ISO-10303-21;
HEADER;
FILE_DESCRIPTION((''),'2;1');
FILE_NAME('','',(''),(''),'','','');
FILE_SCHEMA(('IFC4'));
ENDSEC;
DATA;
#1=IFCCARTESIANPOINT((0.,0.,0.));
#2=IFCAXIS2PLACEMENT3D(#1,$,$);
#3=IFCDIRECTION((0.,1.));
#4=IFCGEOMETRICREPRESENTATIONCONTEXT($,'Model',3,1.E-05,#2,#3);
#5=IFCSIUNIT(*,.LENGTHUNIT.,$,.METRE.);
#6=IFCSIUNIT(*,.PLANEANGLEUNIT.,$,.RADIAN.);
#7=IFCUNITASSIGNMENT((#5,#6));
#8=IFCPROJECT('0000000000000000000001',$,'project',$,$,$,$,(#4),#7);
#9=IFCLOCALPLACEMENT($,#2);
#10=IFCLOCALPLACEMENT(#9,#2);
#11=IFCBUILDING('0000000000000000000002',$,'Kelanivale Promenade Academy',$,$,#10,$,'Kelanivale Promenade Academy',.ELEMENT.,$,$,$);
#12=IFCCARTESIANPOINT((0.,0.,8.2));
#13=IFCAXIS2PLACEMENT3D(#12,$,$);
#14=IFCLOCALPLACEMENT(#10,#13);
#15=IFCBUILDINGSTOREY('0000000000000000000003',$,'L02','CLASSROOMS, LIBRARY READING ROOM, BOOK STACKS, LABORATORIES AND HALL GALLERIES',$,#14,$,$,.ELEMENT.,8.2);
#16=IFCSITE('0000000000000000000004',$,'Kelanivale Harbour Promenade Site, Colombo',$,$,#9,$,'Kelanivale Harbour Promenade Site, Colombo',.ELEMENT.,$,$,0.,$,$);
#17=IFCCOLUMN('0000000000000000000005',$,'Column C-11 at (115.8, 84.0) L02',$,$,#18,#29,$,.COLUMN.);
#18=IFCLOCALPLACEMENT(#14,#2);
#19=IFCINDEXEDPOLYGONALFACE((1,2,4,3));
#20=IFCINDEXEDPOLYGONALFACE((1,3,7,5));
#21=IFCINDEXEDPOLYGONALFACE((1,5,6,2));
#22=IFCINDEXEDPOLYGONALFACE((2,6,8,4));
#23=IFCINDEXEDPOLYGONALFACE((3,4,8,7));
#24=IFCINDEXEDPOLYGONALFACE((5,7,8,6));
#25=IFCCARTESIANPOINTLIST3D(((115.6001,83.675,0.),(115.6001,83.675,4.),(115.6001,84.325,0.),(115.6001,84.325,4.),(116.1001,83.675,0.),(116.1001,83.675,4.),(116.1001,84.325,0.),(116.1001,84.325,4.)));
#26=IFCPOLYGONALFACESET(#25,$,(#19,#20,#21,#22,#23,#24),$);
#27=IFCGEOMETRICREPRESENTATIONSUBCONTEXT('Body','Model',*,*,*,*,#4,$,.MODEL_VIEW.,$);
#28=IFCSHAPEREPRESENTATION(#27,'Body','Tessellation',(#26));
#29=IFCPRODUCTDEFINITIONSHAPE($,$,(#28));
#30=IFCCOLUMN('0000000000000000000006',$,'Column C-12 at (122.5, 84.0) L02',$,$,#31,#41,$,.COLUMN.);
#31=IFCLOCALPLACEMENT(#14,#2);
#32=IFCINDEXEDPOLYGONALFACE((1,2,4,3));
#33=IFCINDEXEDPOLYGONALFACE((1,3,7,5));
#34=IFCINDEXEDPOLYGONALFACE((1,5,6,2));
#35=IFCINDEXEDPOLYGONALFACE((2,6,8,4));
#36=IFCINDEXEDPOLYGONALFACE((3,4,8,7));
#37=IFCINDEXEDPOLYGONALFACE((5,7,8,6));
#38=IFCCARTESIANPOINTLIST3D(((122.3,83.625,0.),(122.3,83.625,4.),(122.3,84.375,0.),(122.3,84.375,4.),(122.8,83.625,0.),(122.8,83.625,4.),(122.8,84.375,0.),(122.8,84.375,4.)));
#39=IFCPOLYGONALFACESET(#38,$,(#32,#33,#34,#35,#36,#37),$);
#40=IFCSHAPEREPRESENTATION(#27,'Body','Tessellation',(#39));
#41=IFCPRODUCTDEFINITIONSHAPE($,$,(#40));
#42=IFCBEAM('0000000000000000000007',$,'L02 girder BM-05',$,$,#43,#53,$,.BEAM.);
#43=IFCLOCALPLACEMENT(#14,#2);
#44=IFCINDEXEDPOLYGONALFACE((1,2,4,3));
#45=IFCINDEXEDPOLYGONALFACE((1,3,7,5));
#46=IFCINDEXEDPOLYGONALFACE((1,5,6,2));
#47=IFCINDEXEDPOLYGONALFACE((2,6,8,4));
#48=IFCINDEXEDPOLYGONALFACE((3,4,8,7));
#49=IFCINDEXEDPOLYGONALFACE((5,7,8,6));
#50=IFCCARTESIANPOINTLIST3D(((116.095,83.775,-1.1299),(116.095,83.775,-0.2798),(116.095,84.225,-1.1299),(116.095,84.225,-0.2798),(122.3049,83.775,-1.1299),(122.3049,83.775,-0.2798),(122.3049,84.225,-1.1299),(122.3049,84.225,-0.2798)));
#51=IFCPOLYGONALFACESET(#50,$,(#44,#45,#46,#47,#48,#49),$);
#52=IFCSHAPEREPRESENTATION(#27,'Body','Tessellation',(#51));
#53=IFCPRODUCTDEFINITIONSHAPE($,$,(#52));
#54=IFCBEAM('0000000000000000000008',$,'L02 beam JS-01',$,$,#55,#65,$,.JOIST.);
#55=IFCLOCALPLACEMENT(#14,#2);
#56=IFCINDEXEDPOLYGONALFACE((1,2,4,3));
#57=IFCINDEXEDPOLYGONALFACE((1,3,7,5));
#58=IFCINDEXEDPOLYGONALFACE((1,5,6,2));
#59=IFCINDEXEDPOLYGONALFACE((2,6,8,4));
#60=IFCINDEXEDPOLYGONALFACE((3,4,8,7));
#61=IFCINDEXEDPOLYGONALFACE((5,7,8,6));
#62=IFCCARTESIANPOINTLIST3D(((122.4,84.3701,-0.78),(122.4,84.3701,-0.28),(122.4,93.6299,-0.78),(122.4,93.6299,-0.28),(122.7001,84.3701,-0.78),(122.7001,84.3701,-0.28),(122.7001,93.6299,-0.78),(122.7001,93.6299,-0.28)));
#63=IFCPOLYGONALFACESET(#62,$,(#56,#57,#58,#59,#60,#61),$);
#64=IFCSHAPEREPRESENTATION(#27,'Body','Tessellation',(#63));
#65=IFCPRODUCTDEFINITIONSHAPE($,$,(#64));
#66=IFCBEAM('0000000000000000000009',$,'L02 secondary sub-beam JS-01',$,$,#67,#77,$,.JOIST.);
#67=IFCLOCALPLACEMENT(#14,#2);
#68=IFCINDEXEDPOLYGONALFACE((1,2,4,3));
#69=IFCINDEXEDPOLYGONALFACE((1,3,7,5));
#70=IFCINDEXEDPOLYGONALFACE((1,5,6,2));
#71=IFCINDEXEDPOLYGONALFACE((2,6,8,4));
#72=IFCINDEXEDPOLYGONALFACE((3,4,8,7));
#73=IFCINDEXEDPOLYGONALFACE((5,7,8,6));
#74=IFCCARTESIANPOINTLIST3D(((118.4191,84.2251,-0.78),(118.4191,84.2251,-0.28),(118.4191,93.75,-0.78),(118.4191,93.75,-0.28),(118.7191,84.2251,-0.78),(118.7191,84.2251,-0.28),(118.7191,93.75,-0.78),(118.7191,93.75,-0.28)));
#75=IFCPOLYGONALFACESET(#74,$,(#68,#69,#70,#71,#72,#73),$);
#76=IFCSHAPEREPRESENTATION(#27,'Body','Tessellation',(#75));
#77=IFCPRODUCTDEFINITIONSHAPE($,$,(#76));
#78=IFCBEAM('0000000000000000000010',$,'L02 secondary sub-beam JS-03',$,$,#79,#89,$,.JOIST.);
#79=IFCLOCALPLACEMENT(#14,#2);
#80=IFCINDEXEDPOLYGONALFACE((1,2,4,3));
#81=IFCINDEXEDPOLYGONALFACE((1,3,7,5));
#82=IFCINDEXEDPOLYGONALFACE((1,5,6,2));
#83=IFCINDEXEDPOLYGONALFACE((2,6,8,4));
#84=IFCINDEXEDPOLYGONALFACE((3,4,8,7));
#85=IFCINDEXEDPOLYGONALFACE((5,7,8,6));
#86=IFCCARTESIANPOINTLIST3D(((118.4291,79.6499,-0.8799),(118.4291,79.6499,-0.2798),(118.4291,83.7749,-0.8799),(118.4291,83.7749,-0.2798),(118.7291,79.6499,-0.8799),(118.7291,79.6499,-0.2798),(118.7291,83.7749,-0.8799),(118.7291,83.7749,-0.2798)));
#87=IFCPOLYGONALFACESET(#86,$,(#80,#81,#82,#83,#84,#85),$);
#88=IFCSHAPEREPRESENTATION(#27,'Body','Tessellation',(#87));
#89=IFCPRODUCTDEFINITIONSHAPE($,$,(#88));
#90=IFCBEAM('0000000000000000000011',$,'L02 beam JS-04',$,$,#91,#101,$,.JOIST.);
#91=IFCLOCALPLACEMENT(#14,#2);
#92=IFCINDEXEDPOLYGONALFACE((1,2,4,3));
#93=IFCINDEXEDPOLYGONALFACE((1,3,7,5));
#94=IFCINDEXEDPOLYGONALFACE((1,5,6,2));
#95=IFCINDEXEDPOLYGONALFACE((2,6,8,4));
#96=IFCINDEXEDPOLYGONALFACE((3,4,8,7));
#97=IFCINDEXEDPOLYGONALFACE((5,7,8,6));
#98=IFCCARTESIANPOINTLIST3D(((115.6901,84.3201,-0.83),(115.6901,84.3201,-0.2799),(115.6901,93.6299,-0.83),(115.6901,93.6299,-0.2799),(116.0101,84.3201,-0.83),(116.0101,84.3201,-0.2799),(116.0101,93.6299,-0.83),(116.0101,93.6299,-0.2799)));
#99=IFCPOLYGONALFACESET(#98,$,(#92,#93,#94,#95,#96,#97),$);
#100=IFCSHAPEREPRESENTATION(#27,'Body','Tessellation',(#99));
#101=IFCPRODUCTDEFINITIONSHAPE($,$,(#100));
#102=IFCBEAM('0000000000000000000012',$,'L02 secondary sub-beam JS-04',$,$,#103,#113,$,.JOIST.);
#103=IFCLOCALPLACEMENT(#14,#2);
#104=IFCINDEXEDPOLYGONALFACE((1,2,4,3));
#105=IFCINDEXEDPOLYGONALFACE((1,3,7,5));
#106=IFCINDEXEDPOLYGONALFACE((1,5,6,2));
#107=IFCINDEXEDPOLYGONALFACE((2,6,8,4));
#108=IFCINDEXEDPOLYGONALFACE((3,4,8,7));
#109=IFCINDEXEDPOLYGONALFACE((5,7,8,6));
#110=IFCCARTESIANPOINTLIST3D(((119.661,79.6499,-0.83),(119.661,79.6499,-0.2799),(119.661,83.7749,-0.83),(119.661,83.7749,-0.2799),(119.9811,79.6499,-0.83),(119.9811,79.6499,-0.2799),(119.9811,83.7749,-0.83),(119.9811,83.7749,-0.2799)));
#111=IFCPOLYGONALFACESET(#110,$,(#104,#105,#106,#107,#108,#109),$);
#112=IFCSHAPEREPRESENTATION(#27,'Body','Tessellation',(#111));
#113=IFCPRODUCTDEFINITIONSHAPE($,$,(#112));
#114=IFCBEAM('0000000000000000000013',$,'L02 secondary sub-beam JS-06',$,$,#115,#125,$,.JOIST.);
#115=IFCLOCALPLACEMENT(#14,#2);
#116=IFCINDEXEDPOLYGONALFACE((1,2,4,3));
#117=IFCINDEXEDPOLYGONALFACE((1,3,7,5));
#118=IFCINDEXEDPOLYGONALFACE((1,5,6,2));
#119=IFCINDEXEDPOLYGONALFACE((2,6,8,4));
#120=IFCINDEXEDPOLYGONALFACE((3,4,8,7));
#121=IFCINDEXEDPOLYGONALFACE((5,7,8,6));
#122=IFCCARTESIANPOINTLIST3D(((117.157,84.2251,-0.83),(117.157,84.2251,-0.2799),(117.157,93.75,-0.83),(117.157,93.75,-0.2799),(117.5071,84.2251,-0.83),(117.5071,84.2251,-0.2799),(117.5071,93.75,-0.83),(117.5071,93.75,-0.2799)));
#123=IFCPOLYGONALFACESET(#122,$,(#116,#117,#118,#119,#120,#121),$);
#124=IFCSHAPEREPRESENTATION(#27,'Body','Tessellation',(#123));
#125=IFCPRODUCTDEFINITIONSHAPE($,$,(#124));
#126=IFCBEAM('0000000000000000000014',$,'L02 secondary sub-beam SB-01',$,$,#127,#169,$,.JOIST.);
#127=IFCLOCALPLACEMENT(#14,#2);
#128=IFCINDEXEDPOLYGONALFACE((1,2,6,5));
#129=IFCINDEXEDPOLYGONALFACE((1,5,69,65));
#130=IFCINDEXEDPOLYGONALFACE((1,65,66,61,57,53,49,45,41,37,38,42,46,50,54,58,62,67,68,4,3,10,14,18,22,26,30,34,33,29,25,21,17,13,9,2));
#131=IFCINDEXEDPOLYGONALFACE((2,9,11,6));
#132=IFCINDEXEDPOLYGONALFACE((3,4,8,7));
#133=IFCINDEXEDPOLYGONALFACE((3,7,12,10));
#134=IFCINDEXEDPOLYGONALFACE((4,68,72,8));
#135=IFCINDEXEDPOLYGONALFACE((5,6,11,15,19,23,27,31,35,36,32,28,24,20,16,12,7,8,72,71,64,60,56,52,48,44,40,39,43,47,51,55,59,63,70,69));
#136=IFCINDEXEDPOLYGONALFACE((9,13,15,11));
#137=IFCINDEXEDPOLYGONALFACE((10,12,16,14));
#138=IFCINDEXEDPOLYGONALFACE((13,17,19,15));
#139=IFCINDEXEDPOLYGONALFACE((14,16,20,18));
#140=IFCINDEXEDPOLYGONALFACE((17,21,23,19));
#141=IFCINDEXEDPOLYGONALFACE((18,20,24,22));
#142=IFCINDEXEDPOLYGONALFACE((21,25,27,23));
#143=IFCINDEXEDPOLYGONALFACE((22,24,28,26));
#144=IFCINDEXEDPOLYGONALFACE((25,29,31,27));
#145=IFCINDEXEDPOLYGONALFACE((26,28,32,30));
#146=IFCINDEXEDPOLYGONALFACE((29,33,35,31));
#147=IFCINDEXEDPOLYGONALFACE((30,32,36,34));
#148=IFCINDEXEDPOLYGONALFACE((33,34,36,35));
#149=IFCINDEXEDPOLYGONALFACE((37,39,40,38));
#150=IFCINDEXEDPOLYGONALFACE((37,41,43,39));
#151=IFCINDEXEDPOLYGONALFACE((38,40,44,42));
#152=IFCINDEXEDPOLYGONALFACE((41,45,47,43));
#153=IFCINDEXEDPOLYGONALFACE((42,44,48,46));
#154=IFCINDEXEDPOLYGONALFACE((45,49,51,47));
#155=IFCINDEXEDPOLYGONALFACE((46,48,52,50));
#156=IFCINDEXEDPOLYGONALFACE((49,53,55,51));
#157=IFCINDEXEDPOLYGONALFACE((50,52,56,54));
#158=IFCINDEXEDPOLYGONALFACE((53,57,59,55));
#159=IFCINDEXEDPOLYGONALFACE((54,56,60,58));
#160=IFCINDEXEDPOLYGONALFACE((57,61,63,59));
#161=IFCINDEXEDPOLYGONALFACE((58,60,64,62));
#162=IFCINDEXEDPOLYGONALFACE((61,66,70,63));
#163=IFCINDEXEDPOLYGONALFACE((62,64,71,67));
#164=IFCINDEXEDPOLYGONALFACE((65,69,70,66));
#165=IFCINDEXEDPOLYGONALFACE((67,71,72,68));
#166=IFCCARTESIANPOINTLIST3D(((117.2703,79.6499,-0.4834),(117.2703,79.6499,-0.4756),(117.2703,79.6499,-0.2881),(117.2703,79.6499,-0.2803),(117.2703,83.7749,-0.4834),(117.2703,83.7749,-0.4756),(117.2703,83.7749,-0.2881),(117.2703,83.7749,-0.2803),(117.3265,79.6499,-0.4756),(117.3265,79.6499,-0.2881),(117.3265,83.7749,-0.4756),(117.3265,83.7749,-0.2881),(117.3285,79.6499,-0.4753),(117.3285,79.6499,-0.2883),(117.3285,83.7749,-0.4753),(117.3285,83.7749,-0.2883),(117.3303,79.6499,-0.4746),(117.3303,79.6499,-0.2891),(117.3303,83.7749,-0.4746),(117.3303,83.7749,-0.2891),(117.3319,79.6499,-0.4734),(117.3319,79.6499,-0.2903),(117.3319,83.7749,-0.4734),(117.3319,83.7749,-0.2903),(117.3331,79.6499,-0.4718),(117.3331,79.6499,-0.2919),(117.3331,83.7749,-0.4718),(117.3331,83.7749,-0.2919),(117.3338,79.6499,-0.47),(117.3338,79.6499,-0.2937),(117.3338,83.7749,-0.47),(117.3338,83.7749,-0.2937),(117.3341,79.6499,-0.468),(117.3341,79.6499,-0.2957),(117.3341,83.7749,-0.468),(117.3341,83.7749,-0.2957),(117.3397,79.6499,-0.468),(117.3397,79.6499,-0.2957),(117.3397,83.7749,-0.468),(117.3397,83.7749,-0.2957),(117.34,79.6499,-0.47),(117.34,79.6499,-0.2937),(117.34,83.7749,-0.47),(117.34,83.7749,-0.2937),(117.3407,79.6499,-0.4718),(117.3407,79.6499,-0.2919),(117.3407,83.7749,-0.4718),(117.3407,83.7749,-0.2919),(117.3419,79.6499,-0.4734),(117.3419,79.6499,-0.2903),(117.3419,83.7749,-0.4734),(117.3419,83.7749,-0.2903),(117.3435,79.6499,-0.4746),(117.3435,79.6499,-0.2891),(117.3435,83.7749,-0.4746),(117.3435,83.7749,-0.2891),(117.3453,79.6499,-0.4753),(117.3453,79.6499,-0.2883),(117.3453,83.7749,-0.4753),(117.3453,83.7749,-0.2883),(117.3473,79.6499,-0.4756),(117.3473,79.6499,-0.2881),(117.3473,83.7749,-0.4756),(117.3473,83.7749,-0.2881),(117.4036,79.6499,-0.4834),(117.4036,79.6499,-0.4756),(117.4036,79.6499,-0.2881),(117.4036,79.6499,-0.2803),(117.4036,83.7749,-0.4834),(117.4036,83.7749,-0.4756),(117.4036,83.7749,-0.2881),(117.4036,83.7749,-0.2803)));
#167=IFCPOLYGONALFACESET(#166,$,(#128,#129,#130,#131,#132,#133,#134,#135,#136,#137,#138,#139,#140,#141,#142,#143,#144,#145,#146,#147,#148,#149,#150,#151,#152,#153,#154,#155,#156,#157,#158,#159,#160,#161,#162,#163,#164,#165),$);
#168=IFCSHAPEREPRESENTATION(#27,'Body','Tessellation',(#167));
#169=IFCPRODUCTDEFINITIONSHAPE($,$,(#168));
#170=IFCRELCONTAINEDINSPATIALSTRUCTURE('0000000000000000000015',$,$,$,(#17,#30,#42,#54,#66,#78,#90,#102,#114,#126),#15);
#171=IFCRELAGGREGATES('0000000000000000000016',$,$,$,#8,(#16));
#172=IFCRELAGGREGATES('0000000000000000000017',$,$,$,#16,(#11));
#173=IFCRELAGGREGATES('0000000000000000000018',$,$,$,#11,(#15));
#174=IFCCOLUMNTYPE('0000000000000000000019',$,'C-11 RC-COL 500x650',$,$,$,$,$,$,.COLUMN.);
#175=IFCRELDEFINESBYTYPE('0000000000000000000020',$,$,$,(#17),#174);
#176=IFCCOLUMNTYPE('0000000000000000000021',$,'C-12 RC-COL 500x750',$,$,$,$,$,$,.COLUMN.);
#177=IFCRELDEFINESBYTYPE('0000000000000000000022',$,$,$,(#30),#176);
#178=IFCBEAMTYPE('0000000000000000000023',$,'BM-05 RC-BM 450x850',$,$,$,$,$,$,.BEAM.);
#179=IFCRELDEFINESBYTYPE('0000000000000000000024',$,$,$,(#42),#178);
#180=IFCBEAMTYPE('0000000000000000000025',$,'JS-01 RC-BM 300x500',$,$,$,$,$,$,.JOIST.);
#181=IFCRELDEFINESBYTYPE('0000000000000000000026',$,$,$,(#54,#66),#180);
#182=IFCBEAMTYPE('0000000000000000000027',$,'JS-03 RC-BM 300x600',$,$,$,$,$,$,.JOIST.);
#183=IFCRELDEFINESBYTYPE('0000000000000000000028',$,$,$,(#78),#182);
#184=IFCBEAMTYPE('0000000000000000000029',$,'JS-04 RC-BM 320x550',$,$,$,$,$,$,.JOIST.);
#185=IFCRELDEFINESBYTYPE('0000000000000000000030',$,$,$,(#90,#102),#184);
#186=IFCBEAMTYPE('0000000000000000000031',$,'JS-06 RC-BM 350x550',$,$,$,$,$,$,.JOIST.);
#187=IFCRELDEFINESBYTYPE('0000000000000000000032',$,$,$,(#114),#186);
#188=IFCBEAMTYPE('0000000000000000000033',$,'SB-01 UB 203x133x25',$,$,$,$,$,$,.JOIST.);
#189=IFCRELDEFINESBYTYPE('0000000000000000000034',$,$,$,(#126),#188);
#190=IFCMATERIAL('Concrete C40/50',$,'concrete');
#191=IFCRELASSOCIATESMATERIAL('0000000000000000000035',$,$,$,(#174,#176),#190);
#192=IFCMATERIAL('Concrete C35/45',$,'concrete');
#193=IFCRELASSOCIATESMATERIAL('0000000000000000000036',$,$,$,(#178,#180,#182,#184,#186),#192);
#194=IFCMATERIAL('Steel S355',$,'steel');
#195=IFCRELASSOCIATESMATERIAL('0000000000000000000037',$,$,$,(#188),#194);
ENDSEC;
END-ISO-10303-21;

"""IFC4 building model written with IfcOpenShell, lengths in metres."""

from ifc_helpers import new_model, si_unit, direction, frame, origin, origin_2d, place, context, subcontext, project, spatial, rectangle, i_section, extrude, material, material_profile, profile_set, type_object, element, save


model = new_model("IFC4")

# Units and contexts
model_context = context("Model", 3, precision=1e-05, world=origin(), true_north=direction((0.0, 1.0)))
body_context = subcontext(model_context, "Body", "Model", "MODEL_VIEW")
ifc_project = project(units=[si_unit("LENGTHUNIT", "METRE"), si_unit("PLANEANGLEUNIT", "RADIAN")], contexts=[model_context])

# Site, building, storey
site_placement = place(None, origin())
site = spatial("IfcSite", under=ifc_project, at=site_placement, Name="Kelanivale Harbour Promenade Site, Colombo", LongName="Kelanivale Harbour Promenade Site, Colombo", CompositionType="ELEMENT", RefElevation=0.0)
building_placement = place(site_placement, origin())
building = spatial("IfcBuilding", under=site, at=building_placement, Name="Kelanivale Promenade Academy", LongName="Kelanivale Promenade Academy", CompositionType="ELEMENT")
storey_placement = place(building_placement, frame((0.0, 0.0, 8.2)))
storey = spatial("IfcBuildingStorey", under=building, at=storey_placement, Name="L02", Description="CLASSROOMS, LIBRARY READING ROOM, BOOK STACKS, LABORATORIES AND HALL GALLERIES", CompositionType="ELEMENT", Elevation=8.2)

# Columns
ifc_material_1 = material(Name="Concrete C40/50", Category="concrete")
ifc_material_profile_1 = material_profile(ifc_material_1, rectangle(XDim=0.5, YDim=0.6499, at=origin_2d()), Name="RC-COL 500x650")
ifc_profile_set_1 = profile_set([ifc_material_profile_1], Name="Concrete C40/50")
column_type_1 = type_object("IfcColumnType", Name="C-11 RC-COL 500x650", PredefinedType="COLUMN", material=ifc_profile_set_1)
column_1_placement = place(storey_placement, frame((115.8501, 84.0, 0.0), z_axis=(0.0, 0.0, 1.0), x_axis=(1.0, 0.0, 0.0)))
element("IfcColumn", 1, at=column_1_placement, inside=storey, type_object=column_type_1, Name="Column C-11 at (115.8, 84.0) L02", PredefinedType="COLUMN", context=body_context, shape_type="SweptSolid", body=[
    extrude(rectangle(XDim=0.5, YDim=0.6499, at=origin_2d()), origin(), (0.0, 0.0, 1.0), 4.0),
])
ifc_material_profile_2 = material_profile(ifc_material_1, rectangle(XDim=0.5, YDim=0.75, at=origin_2d()), Name="RC-COL 500x750")
ifc_profile_set_2 = profile_set([ifc_material_profile_2], Name="Concrete C40/50")
column_type_2 = type_object("IfcColumnType", Name="C-12 RC-COL 500x750", PredefinedType="COLUMN", material=ifc_profile_set_2)
column_2_placement = place(storey_placement, frame((122.55, 84.0, 0.0), z_axis=(0.0, 0.0, 1.0), x_axis=(1.0, 0.0, 0.0)))
element("IfcColumn", 2, at=column_2_placement, inside=storey, type_object=column_type_2, Name="Column C-12 at (122.5, 84.0) L02", PredefinedType="COLUMN", context=body_context, shape_type="SweptSolid", body=[
    extrude(rectangle(XDim=0.5, YDim=0.75, at=origin_2d()), origin(), (0.0, 0.0, 1.0), 4.0),
])

# Beams
ifc_material_2 = material(Name="Concrete C35/45", Category="concrete")
ifc_material_profile_3 = material_profile(ifc_material_2, rectangle(XDim=0.45, YDim=0.8501, at=origin_2d()), Name="RC-BM 450x850")
ifc_profile_set_3 = profile_set([ifc_material_profile_3], Name="Concrete C35/45")
beam_type_1 = type_object("IfcBeamType", Name="BM-05 RC-BM 450x850", PredefinedType="BEAM", material=ifc_profile_set_3)
beam_1_placement = place(storey_placement, frame((116.095, 84.0, -0.7048), z_axis=(1.0, 0.0, 0.0), x_axis=(0.0, 1.0, 0.0)))
element("IfcBeam", 3, at=beam_1_placement, inside=storey, type_object=beam_type_1, Name="L02 girder BM-05", PredefinedType="BEAM", context=body_context, shape_type="SweptSolid", body=[
    extrude(rectangle(XDim=0.45, YDim=0.8501, at=origin_2d()), origin(), (0.0, 0.0, 1.0), 6.21),
])
ifc_material_profile_4 = material_profile(ifc_material_2, rectangle(XDim=0.3, YDim=0.5, at=origin_2d()), Name="RC-BM 300x500")
ifc_profile_set_4 = profile_set([ifc_material_profile_4], Name="Concrete C35/45")
beam_type_2 = type_object("IfcBeamType", Name="JS-01 RC-BM 300x500", PredefinedType="JOIST", material=ifc_profile_set_4)
beam_2_placement = place(storey_placement, frame((122.55, 84.3701, -0.53), z_axis=(0.0, 1.0, 0.0), x_axis=(-1.0, 0.0, 0.0)))
element("IfcBeam", 4, at=beam_2_placement, inside=storey, type_object=beam_type_2, Name="L02 beam JS-01", PredefinedType="JOIST", context=body_context, shape_type="SweptSolid", body=[
    extrude(rectangle(XDim=0.3, YDim=0.5, at=origin_2d()), origin(), (0.0, 0.0, 1.0), 9.2598),
])
beam_3_placement = place(storey_placement, frame((118.5691, 84.2251, -0.53), z_axis=(0.0, 1.0, 0.0), x_axis=(-1.0, 0.0, 0.0)))
element("IfcBeam", 5, at=beam_3_placement, inside=storey, type_object=beam_type_2, Name="L02 secondary sub-beam JS-01", PredefinedType="JOIST", context=body_context, shape_type="SweptSolid", body=[
    extrude(rectangle(XDim=0.3, YDim=0.5, at=origin_2d()), origin(), (0.0, 0.0, 1.0), 9.5249),
])
ifc_material_profile_5 = material_profile(ifc_material_2, rectangle(XDim=0.3, YDim=0.6001, at=origin_2d()), Name="RC-BM 300x600")
ifc_profile_set_5 = profile_set([ifc_material_profile_5], Name="Concrete C35/45")
beam_type_3 = type_object("IfcBeamType", Name="JS-03 RC-BM 300x600", PredefinedType="JOIST", material=ifc_profile_set_5)
beam_4_placement = place(storey_placement, frame((118.5791, 79.6499, -0.5798), z_axis=(0.0, 1.0, 0.0), x_axis=(-1.0, 0.0, 0.0)))
element("IfcBeam", 6, at=beam_4_placement, inside=storey, type_object=beam_type_3, Name="L02 secondary sub-beam JS-03", PredefinedType="JOIST", context=body_context, shape_type="SweptSolid", body=[
    extrude(rectangle(XDim=0.3, YDim=0.6001, at=origin_2d()), origin(), (0.0, 0.0, 1.0), 4.125),
])
ifc_material_profile_6 = material_profile(ifc_material_2, rectangle(XDim=0.3201, YDim=0.55, at=origin_2d()), Name="RC-BM 320x550")
ifc_profile_set_6 = profile_set([ifc_material_profile_6], Name="Concrete C35/45")
beam_type_4 = type_object("IfcBeamType", Name="JS-04 RC-BM 320x550", PredefinedType="JOIST", material=ifc_profile_set_6)
beam_5_placement = place(storey_placement, frame((115.8501, 84.3201, -0.5549), z_axis=(0.0, 1.0, 0.0), x_axis=(-1.0, 0.0, 0.0)))
element("IfcBeam", 7, at=beam_5_placement, inside=storey, type_object=beam_type_4, Name="L02 beam JS-04", PredefinedType="JOIST", context=body_context, shape_type="SweptSolid", body=[
    extrude(rectangle(XDim=0.3201, YDim=0.55, at=origin_2d()), origin(), (0.0, 0.0, 1.0), 9.3098),
])
beam_6_placement = place(storey_placement, frame((119.821, 79.6499, -0.5549), z_axis=(0.0, 1.0, 0.0), x_axis=(-1.0, 0.0, 0.0)))
element("IfcBeam", 8, at=beam_6_placement, inside=storey, type_object=beam_type_4, Name="L02 secondary sub-beam JS-04", PredefinedType="JOIST", context=body_context, shape_type="SweptSolid", body=[
    extrude(rectangle(XDim=0.3201, YDim=0.55, at=origin_2d()), origin(), (0.0, 0.0, 1.0), 4.125),
])
ifc_material_profile_7 = material_profile(ifc_material_2, rectangle(XDim=0.3501, YDim=0.55, at=origin_2d()), Name="RC-BM 350x550")
ifc_profile_set_7 = profile_set([ifc_material_profile_7], Name="Concrete C35/45")
beam_type_5 = type_object("IfcBeamType", Name="JS-06 RC-BM 350x550", PredefinedType="JOIST", material=ifc_profile_set_7)
beam_7_placement = place(storey_placement, frame((117.332, 84.2251, -0.5549), z_axis=(0.0, 1.0, 0.0), x_axis=(-1.0, 0.0, 0.0)))
element("IfcBeam", 9, at=beam_7_placement, inside=storey, type_object=beam_type_5, Name="L02 secondary sub-beam JS-06", PredefinedType="JOIST", context=body_context, shape_type="SweptSolid", body=[
    extrude(rectangle(XDim=0.3501, YDim=0.55, at=origin_2d()), origin(), (0.0, 0.0, 1.0), 9.5249),
])
ifc_material_3 = material(Name="Steel S355", Category="steel")
ifc_material_profile_8 = material_profile(ifc_material_3, i_section(OverallWidth=0.1333, OverallDepth=0.2031, WebThickness=0.0056, FlangeThickness=0.0078, FilletRadius=0.0076, at=origin_2d()), Name="UB 203x133x25")
ifc_profile_set_8 = profile_set([ifc_material_profile_8], Name="Steel S355")
beam_type_6 = type_object("IfcBeamType", Name="SB-01 UB 203x133x25", PredefinedType="JOIST", material=ifc_profile_set_8)
beam_8_placement = place(storey_placement, frame((117.3369, 79.6499, -0.3818), z_axis=(0.0, 1.0, 0.0), x_axis=(-1.0, 0.0, 0.0)))
element("IfcBeam", 10, at=beam_8_placement, inside=storey, type_object=beam_type_6, Name="L02 secondary sub-beam SB-01", PredefinedType="JOIST", context=body_context, shape_type="SweptSolid", body=[
    extrude(i_section(OverallWidth=0.1333, OverallDepth=0.2031, WebThickness=0.0056, FlangeThickness=0.0078, FilletRadius=0.0076, at=origin_2d()), origin(), (0.0, 0.0, 1.0), 4.125),
])

save(model, "model.ifc")
